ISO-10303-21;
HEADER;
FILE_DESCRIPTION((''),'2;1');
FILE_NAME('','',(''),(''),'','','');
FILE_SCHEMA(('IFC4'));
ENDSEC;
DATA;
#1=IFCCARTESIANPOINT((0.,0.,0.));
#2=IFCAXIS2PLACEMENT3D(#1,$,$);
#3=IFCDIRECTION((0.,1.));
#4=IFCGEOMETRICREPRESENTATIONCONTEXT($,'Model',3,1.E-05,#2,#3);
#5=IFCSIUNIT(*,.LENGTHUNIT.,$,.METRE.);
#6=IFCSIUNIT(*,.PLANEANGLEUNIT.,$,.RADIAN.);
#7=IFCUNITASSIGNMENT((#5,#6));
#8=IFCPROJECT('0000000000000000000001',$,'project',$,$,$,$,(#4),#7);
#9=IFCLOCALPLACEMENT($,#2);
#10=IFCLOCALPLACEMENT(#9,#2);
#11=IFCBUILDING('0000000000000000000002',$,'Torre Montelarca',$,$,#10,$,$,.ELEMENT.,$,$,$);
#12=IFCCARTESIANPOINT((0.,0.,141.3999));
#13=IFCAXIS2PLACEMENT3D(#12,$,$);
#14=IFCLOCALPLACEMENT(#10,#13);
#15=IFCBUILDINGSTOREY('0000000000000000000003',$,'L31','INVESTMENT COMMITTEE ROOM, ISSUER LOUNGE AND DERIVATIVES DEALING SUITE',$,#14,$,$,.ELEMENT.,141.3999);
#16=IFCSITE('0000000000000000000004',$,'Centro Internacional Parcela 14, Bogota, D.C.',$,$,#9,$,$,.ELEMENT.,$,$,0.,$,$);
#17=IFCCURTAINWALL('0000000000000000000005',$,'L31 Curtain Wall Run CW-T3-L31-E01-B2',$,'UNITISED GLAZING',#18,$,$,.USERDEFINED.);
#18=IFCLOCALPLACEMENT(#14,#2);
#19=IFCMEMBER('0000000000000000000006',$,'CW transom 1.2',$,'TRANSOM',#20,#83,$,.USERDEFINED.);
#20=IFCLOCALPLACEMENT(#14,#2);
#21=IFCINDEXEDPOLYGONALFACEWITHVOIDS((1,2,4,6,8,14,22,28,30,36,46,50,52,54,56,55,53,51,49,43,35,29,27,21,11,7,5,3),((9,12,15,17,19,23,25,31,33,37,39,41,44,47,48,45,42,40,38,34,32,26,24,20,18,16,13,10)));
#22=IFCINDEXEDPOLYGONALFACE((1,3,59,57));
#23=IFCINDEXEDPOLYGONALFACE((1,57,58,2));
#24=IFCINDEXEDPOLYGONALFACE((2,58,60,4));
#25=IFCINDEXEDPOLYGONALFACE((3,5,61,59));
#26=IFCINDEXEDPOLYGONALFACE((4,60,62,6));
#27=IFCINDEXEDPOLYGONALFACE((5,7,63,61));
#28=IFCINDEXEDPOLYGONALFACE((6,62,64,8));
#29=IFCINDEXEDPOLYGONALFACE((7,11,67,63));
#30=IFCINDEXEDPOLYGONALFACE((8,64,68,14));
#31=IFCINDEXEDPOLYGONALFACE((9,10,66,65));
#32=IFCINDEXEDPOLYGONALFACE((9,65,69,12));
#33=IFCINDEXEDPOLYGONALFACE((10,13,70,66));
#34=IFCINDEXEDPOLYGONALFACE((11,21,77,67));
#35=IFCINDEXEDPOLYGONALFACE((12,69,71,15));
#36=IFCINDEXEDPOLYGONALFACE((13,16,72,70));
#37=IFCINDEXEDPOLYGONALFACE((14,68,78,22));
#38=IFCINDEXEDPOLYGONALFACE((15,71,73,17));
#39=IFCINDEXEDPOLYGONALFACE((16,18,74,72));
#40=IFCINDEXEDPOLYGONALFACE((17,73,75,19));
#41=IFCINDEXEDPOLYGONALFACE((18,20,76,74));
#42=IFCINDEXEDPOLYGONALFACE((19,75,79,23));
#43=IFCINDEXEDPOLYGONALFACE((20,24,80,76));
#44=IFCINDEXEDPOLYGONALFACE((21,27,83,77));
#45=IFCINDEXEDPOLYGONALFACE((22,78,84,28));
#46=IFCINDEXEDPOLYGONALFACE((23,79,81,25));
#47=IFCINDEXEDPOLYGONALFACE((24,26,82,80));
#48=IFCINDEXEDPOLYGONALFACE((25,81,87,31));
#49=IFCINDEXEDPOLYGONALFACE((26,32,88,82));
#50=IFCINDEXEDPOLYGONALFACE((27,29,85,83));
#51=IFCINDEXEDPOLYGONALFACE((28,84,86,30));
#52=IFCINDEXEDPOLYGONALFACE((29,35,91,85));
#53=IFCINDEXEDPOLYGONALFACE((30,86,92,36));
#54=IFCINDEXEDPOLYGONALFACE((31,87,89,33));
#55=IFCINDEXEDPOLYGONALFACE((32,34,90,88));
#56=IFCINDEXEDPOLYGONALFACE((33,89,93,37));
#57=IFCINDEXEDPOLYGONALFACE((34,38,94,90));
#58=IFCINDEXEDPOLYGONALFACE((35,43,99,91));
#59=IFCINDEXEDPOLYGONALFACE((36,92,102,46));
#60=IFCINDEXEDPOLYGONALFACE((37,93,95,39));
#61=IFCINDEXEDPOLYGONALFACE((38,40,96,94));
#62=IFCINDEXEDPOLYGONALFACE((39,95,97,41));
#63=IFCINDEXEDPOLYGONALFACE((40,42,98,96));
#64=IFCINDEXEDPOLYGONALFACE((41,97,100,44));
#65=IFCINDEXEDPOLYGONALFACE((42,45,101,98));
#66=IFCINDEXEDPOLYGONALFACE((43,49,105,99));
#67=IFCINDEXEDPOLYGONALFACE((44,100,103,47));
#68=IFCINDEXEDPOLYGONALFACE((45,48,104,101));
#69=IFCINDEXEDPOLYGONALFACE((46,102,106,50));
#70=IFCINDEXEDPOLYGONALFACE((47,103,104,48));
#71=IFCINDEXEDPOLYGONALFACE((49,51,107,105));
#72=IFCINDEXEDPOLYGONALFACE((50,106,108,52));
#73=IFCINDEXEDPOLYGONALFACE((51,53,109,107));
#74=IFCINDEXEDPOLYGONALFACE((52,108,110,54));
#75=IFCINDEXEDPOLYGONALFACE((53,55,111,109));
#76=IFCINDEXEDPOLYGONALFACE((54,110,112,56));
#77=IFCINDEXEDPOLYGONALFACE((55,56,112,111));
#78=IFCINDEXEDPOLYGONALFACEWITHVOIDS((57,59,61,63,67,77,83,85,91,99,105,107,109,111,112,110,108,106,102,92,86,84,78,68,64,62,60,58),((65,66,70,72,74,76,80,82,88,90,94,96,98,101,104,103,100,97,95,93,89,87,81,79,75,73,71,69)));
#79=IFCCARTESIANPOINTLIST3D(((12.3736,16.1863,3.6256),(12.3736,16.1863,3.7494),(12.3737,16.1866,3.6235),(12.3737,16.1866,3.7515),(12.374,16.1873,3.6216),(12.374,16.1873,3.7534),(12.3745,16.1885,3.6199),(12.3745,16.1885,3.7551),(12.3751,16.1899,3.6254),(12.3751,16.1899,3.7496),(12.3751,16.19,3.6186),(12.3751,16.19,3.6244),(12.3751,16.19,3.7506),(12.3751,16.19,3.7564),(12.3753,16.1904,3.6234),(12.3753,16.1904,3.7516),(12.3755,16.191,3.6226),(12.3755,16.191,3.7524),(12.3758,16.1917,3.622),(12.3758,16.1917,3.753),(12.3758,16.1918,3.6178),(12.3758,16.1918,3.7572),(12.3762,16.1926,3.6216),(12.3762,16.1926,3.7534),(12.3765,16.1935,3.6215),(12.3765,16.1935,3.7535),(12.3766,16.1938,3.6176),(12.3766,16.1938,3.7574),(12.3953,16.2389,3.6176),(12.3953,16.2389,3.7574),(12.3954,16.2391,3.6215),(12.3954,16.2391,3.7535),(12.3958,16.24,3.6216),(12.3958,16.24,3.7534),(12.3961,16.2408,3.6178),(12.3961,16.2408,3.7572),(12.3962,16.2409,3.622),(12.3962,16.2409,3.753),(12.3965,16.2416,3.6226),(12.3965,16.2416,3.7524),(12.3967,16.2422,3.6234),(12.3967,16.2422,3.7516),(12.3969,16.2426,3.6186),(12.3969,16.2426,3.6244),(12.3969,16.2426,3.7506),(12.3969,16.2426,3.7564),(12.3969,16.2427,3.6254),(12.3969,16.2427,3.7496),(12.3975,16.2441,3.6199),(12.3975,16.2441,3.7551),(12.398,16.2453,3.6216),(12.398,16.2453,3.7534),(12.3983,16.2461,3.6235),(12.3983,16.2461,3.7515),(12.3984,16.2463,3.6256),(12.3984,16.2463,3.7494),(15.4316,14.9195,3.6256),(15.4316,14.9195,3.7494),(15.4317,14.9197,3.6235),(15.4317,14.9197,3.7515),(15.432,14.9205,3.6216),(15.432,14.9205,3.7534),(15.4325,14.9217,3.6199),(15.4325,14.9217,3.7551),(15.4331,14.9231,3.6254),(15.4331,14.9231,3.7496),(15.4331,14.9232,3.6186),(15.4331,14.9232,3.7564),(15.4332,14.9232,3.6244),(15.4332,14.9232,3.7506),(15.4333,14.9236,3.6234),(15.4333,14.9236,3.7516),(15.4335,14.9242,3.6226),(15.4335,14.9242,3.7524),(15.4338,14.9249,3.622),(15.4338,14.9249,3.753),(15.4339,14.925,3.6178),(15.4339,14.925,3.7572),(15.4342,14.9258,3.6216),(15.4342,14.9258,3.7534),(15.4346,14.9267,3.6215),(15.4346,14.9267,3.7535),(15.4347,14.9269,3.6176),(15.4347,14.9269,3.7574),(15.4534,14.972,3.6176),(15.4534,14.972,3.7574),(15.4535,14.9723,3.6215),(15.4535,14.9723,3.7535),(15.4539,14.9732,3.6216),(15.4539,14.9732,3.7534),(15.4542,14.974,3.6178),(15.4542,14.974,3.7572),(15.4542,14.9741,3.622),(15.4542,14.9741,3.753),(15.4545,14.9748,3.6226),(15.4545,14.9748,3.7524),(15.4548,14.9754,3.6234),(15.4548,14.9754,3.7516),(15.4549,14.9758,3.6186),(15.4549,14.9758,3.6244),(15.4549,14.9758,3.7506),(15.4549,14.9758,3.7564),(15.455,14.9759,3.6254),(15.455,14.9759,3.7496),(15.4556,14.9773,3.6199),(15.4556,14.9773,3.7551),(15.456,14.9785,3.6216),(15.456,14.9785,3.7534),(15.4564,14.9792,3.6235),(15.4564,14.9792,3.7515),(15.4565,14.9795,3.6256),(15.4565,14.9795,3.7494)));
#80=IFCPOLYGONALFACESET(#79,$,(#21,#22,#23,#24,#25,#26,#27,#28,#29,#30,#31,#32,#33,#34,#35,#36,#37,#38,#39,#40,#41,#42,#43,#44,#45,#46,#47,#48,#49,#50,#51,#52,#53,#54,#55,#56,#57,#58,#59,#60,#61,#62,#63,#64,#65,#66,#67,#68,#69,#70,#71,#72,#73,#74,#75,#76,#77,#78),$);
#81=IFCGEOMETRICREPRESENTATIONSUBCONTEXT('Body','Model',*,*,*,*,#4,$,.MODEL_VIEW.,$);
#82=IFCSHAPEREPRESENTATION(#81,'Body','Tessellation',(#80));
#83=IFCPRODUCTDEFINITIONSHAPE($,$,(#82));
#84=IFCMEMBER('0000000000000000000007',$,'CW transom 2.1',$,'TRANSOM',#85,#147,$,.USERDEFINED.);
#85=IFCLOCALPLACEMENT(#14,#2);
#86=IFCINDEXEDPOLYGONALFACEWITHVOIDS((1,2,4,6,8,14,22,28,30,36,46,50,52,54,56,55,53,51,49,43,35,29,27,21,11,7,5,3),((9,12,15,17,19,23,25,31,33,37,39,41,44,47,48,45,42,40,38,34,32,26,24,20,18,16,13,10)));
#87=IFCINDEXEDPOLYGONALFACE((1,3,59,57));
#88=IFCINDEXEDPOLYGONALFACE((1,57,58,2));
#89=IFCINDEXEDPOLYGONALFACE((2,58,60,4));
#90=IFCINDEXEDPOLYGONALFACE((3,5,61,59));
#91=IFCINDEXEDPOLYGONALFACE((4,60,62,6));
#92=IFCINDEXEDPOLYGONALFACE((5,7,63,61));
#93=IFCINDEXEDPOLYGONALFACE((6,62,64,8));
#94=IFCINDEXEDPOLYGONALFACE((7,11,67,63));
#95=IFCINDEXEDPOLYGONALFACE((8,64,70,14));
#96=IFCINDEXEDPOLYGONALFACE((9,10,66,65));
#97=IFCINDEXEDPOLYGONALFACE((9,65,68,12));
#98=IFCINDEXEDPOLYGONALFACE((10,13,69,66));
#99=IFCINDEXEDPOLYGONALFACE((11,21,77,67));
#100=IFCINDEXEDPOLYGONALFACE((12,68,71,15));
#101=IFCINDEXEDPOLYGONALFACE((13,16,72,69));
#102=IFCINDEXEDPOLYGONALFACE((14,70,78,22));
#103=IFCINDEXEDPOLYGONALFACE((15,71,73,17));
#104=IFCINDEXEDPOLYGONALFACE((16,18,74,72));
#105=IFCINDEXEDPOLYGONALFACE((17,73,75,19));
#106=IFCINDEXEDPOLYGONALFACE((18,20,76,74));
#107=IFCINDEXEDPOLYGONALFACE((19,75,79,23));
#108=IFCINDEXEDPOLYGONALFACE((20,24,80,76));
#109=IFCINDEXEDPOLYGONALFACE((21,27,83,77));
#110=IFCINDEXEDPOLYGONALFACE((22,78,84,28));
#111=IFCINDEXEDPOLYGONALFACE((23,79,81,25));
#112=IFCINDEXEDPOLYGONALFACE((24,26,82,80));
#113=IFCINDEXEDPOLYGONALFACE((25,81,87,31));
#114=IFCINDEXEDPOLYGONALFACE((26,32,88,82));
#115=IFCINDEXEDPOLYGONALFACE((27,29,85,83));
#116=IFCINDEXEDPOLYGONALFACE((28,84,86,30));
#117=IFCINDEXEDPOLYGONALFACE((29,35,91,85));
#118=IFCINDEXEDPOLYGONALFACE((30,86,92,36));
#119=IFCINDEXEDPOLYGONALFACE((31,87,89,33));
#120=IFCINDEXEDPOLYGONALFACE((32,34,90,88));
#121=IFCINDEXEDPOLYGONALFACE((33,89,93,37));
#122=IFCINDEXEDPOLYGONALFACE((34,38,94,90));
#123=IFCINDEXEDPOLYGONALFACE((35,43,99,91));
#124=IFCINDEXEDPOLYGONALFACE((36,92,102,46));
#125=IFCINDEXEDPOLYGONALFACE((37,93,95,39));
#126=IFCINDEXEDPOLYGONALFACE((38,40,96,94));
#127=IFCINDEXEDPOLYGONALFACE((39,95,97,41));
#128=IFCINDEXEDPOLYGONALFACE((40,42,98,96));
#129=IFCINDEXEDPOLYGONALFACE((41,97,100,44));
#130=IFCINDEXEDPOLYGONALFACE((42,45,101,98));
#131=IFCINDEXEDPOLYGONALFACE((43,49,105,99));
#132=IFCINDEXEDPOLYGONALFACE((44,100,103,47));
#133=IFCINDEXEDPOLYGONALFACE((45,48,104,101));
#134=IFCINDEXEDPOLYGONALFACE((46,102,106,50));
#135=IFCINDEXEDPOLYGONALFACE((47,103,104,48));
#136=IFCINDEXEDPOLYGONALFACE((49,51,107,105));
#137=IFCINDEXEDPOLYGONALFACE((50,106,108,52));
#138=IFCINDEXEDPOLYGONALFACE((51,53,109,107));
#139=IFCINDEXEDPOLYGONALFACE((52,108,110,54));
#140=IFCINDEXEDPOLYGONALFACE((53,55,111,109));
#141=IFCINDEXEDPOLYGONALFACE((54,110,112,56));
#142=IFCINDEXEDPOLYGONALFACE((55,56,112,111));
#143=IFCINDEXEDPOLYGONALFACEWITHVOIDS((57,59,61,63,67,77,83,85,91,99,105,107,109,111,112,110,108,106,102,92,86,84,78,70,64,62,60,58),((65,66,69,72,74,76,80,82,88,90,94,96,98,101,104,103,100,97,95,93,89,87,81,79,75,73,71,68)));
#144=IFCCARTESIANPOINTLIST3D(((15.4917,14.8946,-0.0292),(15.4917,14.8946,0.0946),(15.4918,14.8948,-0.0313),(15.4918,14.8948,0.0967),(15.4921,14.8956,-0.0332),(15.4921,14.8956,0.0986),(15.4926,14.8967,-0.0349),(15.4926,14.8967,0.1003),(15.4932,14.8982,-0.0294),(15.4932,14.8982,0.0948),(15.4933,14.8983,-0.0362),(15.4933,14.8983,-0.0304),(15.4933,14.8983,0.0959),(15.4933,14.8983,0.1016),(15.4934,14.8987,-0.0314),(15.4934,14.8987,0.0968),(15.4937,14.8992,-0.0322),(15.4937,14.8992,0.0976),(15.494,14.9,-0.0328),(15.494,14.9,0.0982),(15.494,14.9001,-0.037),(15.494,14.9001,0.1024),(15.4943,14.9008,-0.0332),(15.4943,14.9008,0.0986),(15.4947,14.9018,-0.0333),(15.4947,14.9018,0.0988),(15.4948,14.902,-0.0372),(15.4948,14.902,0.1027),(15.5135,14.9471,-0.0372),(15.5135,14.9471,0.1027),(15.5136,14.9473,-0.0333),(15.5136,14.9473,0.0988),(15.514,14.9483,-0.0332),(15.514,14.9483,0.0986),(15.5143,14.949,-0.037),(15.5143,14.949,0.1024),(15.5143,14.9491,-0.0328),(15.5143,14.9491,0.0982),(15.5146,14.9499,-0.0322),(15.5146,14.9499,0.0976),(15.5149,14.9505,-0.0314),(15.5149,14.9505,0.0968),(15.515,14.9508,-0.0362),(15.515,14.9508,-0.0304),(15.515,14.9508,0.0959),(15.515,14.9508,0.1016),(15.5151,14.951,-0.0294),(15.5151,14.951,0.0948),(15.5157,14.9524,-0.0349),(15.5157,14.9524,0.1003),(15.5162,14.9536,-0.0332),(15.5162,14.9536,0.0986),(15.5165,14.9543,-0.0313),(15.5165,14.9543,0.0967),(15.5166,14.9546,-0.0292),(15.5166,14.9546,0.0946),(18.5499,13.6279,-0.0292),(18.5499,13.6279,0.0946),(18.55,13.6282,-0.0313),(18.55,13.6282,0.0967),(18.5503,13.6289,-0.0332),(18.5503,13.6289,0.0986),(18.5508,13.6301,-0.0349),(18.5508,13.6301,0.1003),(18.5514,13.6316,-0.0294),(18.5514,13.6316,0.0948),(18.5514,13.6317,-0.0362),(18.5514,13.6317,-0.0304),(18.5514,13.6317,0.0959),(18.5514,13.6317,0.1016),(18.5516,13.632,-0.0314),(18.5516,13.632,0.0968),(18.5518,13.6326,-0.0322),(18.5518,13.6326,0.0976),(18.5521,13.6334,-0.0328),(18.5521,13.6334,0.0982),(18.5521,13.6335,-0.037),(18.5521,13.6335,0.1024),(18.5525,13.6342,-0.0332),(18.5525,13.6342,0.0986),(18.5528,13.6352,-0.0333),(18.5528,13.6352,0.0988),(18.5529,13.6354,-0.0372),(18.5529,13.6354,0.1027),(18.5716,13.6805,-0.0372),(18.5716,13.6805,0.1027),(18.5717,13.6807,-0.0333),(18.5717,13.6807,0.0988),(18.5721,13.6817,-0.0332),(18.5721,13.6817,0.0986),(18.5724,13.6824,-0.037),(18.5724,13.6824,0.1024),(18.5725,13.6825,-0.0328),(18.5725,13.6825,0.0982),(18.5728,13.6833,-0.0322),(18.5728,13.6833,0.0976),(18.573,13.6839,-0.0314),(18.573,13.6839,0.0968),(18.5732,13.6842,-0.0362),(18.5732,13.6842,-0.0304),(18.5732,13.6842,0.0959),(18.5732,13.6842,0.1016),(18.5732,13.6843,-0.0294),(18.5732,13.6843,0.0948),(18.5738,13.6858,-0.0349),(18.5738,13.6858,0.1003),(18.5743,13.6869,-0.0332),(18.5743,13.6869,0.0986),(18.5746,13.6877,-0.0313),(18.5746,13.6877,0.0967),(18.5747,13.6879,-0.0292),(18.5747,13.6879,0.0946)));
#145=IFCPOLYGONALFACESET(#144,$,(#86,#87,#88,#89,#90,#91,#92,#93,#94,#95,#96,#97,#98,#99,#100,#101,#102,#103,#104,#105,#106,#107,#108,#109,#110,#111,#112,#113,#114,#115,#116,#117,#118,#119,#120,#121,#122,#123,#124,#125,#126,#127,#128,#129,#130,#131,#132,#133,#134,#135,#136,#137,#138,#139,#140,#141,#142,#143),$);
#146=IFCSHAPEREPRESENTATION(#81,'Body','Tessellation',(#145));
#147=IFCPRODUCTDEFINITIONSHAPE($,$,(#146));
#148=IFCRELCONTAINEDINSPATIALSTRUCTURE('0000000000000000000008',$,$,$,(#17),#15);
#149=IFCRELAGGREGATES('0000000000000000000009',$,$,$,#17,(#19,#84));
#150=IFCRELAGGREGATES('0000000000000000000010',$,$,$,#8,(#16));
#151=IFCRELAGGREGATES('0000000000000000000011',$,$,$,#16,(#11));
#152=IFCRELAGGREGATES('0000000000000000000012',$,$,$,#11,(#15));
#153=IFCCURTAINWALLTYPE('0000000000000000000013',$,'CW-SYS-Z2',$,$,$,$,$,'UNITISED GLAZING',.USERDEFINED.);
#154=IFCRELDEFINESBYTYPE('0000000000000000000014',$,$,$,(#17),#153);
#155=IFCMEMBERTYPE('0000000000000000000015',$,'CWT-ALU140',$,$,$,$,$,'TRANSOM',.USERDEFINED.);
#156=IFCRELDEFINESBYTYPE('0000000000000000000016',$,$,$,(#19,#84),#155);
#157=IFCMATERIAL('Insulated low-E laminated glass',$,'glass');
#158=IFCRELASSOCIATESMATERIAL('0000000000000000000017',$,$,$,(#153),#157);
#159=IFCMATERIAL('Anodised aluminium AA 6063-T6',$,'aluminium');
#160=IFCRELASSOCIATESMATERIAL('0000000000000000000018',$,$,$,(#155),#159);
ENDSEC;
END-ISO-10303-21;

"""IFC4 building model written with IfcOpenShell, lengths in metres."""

from ifc_helpers import new_model, si_unit, direction, frame, origin, origin_2d, place, context, subcontext, project, spatial, hollow_rectangle, extrude, source, transform, mapped, material, material_profile, profile_set, type_object, element, aggregate, save


model = new_model("IFC4")

# Units and contexts
model_context = context("Model", 3, precision=1e-05, world=origin(), true_north=direction((0.0, 1.0)))
body_context = subcontext(model_context, "Body", "Model", "MODEL_VIEW")
ifc_project = project(units=[si_unit("LENGTHUNIT", "METRE"), si_unit("PLANEANGLEUNIT", "RADIAN")], contexts=[model_context])

# Site, building, storey
site_placement = place(None, origin())
site = spatial("IfcSite", under=ifc_project, at=site_placement, Name="Centro Internacional Parcela 14, Bogota, D.C.", CompositionType="ELEMENT", RefElevation=0.0)
building_placement = place(site_placement, origin())
building = spatial("IfcBuilding", under=site, at=building_placement, Name="Torre Montelarca", CompositionType="ELEMENT")
storey_placement = place(building_placement, frame((0.0, 0.0, 141.3999)))
storey = spatial("IfcBuildingStorey", under=building, at=storey_placement, Name="L31", Description="INVESTMENT COMMITTEE ROOM, ISSUER LOUNGE AND DERIVATIVES DEALING SUITE", CompositionType="ELEMENT", Elevation=141.3999)

# Curtain wall
ifc_material_1 = material(Name="Insulated low-E laminated glass", Category="glass")
curtain_wall_type = type_object("IfcCurtainWallType", Name="CW-SYS-Z2", ElementType="UNITISED GLAZING", PredefinedType="USERDEFINED", material=ifc_material_1)
ifc_material_2 = material(Name="Anodised aluminium AA 6063-T6", Category="aluminium")
curtain_wall_1_placement = place(storey_placement, origin())
curtain_wall_1 = element("IfcCurtainWall", 1, at=curtain_wall_1_placement, inside=storey, type_object=curtain_wall_type, Name="L31 Curtain Wall Run CW-T3-L31-E01-B2", ObjectType="UNITISED GLAZING", PredefinedType="USERDEFINED")

# Members
ifc_material_profile_1 = material_profile(ifc_material_2, hollow_rectangle(XDim=0.0649, YDim=0.1399, WallThickness=0.0039, InnerFilletRadius=0.0039, OuterFilletRadius=0.0081, at=origin_2d()), Name="ALU65X140X4", Category="aluminium")
ifc_profile_set_1 = profile_set([ifc_material_profile_1], Name="Anodised aluminium AA 6063-T6")
member_type_1 = type_object("IfcMemberType", Name="CWT-ALU140", ElementType="TRANSOM", PredefinedType="USERDEFINED", material=ifc_profile_set_1)
shared_shape_1 = source(origin(), body_context, "Body", "SweptSolid", [
    extrude(hollow_rectangle(XDim=0.0649, YDim=0.1399, WallThickness=0.0039, InnerFilletRadius=0.0039, OuterFilletRadius=0.0081, at=origin_2d()), origin(), (0.0, 0.0, 1.0), 3.3101),
])
member_1_placement = place(storey_placement, frame((12.386, 16.2163, 3.6875), z_axis=(0.923865, -0.382719, 0.0), x_axis=(0.382719, 0.923865, 0.0)))
member_1 = element("IfcMember", 2, at=member_1_placement, type_object=member_type_1, Name="CW transom 1.2", ObjectType="TRANSOM", PredefinedType="USERDEFINED", context=body_context, shape_type="MappedRepresentation", body=[
    mapped(shared_shape_1, transform((0.0, 0.0, 0.0), scale=1.0)),
])
member_2_placement = place(storey_placement, frame((15.5042, 14.9246, 0.0327), z_axis=(0.923891, -0.382656, 0.0), x_axis=(0.382656, 0.923891, 0.0)))
member_2 = element("IfcMember", 3, at=member_2_placement, type_object=member_type_1, Name="CW transom 2.1", ObjectType="TRANSOM", PredefinedType="USERDEFINED", context=body_context, shape_type="MappedRepresentation", body=[
    mapped(shared_shape_1, transform((0.0, 0.0, 0.0), scale=1.0)),
])

aggregate(curtain_wall_1, [member_1, member_2])

save(model, "model.ifc")
